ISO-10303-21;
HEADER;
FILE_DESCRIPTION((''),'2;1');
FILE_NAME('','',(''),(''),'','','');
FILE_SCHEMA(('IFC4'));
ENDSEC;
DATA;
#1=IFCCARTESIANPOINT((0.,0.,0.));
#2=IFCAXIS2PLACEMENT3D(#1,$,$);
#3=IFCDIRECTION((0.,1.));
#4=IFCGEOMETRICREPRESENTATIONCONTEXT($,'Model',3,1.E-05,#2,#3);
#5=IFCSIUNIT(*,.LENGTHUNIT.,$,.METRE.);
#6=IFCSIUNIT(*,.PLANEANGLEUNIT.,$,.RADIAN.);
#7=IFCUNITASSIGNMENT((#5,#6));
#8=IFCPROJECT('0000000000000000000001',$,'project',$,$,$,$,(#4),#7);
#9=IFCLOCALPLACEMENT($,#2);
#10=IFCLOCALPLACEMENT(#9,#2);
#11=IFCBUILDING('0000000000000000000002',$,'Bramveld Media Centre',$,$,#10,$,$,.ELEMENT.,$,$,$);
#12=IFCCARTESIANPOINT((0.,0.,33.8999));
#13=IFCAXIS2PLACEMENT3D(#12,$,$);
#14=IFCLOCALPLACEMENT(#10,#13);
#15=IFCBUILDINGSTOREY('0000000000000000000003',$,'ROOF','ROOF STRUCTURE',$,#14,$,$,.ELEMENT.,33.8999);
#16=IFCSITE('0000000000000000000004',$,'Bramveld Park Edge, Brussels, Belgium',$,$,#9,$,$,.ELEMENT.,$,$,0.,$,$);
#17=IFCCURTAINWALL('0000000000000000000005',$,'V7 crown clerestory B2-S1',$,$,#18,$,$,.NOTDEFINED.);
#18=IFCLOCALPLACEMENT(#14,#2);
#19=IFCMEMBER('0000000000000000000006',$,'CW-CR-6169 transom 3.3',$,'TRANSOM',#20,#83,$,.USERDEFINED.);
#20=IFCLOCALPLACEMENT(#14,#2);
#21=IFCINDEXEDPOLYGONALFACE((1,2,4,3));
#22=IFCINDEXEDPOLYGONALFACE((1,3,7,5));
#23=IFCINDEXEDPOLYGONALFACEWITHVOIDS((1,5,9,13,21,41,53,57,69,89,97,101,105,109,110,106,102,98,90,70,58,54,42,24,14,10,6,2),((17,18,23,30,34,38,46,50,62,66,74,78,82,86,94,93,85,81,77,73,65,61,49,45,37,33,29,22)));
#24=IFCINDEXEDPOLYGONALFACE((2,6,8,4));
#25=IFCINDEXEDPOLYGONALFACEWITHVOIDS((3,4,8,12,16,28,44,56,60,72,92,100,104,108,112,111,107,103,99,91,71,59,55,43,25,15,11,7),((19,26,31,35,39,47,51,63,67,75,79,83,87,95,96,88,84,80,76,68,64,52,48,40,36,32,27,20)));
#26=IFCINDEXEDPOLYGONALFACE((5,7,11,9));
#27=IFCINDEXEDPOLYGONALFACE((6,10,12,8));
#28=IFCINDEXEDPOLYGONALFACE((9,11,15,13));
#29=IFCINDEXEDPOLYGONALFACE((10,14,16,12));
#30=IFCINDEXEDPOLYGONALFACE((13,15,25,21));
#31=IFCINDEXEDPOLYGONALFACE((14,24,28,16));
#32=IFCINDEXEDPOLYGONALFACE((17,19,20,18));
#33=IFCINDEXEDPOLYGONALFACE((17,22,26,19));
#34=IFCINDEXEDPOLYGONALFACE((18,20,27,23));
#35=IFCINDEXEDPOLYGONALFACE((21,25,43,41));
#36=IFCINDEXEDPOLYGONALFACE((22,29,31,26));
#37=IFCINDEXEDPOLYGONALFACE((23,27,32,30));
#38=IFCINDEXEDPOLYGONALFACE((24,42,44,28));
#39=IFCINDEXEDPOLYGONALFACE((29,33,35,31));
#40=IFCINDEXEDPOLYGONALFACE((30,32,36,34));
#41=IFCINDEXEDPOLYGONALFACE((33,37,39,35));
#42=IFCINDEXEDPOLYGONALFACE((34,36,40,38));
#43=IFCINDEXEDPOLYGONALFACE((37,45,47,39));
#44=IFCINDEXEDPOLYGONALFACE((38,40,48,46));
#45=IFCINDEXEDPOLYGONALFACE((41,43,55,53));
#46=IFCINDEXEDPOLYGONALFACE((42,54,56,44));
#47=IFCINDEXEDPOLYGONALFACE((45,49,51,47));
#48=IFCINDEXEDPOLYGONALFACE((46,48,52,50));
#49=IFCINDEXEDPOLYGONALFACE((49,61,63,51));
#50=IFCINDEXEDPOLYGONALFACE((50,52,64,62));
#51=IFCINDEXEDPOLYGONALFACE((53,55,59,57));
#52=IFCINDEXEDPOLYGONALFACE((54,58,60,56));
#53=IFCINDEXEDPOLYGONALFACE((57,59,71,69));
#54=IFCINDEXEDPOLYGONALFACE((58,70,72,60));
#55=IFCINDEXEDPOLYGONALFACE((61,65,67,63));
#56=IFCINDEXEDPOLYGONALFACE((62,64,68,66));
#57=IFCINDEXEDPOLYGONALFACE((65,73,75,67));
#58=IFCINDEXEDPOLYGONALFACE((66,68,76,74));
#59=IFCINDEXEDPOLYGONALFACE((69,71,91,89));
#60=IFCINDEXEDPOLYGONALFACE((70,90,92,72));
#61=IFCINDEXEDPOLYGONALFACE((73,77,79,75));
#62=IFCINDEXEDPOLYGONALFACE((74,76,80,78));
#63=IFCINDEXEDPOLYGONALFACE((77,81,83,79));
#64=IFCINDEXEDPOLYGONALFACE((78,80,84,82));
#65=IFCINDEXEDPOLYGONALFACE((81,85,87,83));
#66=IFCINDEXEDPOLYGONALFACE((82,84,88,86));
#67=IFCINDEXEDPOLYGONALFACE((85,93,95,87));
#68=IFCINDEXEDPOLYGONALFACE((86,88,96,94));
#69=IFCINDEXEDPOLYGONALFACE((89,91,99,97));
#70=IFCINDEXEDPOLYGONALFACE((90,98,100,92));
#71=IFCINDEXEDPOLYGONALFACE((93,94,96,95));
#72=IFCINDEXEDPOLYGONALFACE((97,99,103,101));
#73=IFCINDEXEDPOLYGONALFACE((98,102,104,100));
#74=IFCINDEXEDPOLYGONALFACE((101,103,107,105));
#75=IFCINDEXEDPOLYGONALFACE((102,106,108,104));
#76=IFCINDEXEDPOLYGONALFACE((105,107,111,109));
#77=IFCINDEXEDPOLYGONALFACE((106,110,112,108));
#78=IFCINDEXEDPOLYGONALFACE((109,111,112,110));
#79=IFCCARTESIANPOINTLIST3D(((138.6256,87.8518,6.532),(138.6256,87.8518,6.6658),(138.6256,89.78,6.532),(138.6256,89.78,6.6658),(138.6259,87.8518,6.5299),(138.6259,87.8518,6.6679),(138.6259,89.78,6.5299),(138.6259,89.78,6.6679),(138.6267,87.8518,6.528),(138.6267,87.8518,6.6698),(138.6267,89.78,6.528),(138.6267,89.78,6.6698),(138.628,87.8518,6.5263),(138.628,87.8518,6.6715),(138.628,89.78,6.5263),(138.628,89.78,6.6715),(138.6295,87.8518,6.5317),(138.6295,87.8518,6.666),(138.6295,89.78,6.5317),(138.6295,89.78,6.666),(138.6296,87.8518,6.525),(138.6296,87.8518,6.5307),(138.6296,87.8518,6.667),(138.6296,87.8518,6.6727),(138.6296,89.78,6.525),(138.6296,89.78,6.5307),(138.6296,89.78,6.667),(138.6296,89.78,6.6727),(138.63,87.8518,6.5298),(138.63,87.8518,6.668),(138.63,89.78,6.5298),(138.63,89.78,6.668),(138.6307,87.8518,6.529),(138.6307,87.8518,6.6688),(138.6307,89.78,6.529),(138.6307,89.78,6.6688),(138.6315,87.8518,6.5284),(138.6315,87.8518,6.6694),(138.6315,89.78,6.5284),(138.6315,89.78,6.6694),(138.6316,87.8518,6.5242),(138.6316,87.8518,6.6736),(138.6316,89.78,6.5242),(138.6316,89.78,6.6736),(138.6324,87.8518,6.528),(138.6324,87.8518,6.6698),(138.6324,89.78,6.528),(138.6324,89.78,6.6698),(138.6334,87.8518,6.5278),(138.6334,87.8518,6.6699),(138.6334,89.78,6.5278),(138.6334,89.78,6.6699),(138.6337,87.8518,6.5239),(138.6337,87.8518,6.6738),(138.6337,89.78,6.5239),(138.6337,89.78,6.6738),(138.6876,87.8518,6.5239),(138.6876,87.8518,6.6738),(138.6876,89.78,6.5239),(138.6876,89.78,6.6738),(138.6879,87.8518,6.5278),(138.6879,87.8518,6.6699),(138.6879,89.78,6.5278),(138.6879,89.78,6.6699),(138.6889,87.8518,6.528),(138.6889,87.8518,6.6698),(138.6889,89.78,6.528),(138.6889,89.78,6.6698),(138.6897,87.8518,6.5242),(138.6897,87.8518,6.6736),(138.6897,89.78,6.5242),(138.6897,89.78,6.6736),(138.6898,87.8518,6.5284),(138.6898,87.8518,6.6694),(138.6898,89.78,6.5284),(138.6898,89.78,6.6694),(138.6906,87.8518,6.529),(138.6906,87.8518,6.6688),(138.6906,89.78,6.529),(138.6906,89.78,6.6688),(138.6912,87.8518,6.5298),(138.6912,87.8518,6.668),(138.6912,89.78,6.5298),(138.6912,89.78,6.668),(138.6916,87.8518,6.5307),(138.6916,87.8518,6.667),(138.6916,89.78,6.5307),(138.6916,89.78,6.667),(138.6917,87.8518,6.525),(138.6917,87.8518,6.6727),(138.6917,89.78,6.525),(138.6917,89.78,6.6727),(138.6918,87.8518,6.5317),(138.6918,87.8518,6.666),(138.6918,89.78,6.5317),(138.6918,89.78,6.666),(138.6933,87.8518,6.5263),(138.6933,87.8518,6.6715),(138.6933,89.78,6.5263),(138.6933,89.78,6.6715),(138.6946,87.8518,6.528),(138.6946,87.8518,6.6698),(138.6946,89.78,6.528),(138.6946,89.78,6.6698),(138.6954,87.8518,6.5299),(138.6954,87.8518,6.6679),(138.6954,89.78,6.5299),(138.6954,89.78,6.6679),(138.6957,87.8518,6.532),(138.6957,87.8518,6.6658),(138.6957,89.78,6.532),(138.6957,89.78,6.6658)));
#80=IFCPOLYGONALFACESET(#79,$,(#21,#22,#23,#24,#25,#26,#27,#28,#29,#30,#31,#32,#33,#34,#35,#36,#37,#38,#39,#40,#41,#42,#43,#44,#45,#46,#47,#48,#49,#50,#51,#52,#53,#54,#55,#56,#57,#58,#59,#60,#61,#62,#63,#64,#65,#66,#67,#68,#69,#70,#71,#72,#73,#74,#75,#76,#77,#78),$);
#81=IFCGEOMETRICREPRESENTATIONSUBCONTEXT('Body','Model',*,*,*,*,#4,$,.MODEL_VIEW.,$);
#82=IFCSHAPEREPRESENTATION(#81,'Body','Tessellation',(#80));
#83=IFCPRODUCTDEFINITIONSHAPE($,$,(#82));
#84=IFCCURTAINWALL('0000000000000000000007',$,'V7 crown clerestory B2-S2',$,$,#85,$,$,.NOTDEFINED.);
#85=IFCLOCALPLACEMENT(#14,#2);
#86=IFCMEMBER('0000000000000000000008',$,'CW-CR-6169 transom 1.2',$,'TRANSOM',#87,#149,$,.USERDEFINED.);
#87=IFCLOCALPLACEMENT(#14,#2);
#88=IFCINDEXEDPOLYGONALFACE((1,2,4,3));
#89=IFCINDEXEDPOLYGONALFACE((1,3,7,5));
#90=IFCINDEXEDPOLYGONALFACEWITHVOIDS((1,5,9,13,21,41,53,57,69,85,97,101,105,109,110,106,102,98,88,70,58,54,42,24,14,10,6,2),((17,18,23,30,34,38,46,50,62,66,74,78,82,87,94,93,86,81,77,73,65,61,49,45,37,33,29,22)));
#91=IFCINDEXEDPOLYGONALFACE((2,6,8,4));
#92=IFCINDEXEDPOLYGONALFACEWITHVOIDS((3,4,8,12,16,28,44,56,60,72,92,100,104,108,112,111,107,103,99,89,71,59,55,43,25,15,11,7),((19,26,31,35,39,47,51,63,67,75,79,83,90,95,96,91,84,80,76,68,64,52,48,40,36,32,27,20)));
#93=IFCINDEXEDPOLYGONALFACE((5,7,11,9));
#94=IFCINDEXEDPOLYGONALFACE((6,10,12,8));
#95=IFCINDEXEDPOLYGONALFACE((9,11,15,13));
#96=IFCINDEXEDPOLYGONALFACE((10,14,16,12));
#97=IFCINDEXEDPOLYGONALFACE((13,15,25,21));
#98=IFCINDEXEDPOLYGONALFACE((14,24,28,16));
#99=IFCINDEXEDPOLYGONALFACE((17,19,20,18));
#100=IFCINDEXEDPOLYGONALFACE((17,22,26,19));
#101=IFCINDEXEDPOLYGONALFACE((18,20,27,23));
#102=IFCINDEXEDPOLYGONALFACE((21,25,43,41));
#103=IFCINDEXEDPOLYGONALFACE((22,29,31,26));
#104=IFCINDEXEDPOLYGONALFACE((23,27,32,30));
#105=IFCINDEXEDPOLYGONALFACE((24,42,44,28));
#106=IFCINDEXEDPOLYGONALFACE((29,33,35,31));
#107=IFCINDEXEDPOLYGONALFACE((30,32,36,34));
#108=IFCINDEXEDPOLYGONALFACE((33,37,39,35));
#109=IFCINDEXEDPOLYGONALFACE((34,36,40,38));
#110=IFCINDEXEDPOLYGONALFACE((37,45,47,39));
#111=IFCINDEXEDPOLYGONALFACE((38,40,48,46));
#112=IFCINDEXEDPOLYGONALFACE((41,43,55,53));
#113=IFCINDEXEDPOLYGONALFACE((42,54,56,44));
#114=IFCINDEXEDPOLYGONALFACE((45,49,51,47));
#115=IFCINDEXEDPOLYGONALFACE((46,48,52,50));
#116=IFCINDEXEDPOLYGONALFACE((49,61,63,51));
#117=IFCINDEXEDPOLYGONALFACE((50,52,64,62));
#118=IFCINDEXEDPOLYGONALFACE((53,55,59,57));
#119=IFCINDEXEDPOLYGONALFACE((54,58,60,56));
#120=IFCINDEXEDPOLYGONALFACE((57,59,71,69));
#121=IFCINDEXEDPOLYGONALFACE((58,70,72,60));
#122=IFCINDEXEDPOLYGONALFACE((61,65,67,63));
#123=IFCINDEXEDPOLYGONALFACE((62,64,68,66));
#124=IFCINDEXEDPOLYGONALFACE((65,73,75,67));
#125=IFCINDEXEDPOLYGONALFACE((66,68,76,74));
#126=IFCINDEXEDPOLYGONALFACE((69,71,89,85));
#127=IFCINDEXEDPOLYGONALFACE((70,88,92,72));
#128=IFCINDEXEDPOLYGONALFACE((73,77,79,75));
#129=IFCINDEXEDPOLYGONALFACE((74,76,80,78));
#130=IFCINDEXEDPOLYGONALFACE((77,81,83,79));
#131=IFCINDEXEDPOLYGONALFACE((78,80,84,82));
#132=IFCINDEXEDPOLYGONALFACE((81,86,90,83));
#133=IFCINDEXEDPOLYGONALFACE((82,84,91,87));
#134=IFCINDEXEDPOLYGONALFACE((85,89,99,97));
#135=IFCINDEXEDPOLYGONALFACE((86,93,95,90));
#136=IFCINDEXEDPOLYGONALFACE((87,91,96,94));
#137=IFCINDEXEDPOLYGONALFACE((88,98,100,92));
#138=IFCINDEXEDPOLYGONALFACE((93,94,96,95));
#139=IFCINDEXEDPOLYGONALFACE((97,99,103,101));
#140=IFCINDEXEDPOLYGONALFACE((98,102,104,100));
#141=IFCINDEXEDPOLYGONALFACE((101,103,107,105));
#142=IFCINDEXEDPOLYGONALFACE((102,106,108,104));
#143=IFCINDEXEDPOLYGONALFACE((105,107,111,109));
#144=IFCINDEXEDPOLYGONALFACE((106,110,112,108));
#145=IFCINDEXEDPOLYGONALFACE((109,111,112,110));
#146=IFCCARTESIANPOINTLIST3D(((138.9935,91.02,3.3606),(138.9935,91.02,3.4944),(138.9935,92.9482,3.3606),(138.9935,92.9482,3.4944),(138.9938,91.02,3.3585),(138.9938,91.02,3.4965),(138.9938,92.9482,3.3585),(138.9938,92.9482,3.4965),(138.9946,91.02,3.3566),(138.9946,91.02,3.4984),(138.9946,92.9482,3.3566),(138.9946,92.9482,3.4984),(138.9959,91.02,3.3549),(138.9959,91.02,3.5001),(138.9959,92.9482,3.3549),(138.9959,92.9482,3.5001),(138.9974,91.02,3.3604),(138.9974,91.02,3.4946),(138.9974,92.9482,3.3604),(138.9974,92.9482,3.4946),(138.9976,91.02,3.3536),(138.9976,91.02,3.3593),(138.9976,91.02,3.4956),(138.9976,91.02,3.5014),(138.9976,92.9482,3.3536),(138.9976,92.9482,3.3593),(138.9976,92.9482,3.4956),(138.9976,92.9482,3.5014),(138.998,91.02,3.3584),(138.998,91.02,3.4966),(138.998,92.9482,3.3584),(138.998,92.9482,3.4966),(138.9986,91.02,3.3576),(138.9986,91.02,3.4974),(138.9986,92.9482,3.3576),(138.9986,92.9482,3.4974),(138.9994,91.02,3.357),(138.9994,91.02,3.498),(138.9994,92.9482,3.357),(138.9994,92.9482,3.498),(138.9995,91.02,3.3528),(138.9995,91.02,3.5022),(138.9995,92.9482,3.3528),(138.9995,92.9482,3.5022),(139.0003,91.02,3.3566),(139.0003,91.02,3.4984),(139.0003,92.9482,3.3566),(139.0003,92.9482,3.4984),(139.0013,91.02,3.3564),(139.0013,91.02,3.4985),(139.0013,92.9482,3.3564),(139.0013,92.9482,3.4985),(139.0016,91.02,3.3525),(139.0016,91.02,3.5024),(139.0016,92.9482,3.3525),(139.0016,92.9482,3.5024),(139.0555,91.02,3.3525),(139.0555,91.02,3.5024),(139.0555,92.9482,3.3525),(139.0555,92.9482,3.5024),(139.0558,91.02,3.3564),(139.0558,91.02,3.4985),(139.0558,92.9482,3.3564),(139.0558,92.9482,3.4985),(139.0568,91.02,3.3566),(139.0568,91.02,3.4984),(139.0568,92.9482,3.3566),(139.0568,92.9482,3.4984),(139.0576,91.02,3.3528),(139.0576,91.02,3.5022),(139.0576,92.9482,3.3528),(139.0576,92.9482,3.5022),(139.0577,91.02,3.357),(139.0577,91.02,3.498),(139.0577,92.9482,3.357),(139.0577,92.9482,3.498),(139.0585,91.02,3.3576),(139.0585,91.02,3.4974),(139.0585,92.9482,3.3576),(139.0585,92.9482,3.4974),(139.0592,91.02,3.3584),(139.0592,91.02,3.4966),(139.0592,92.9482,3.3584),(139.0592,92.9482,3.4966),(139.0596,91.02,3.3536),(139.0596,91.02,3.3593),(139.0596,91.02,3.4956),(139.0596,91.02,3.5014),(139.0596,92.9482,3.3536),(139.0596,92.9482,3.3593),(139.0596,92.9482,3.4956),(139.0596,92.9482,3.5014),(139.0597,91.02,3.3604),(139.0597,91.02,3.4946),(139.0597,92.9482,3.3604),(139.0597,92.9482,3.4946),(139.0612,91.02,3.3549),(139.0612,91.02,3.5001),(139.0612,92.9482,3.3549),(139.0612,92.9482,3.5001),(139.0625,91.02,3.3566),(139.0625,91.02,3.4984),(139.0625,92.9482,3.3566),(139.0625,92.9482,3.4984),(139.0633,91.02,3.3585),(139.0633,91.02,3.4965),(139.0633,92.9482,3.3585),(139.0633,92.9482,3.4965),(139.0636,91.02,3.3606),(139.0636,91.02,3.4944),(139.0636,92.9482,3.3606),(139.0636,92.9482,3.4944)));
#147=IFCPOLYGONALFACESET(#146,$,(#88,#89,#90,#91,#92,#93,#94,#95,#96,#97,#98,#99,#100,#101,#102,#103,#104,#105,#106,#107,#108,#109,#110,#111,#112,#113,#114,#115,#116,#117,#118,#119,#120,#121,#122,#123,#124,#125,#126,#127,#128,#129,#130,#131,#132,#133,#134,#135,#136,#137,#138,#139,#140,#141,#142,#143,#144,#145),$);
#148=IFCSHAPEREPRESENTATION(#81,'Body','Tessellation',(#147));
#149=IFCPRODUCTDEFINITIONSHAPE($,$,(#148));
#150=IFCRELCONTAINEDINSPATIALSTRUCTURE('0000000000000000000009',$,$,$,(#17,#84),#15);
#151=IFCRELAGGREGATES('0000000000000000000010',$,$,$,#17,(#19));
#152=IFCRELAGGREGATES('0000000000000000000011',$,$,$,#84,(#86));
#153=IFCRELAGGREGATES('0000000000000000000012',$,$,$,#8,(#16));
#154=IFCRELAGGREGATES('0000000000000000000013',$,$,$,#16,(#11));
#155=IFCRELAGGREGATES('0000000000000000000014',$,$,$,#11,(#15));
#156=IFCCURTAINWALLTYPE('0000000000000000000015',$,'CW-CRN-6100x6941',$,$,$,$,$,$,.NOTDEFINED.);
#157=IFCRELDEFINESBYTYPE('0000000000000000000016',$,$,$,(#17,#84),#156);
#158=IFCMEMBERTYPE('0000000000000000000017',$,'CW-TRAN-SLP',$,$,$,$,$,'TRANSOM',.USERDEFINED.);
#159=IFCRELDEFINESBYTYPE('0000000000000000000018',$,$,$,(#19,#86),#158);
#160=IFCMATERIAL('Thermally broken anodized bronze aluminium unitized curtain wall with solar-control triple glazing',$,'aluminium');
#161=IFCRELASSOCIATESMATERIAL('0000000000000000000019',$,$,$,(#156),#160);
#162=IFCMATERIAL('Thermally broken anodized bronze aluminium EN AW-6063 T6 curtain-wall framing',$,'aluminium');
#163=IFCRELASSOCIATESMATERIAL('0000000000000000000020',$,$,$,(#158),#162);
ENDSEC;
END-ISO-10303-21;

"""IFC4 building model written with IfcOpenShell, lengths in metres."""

from ifc_helpers import new_model, si_unit, direction, frame, origin, origin_2d, place, context, subcontext, project, spatial, hollow_rectangle, extrude, material, material_profile, profile_set, type_object, element, aggregate, save


model = new_model("IFC4")

# Units and contexts
model_context = context("Model", 3, precision=1e-05, world=origin(), true_north=direction((0.0, 1.0)))
body_context = subcontext(model_context, "Body", "Model", "MODEL_VIEW")
ifc_project = project(units=[si_unit("LENGTHUNIT", "METRE"), si_unit("PLANEANGLEUNIT", "RADIAN")], contexts=[model_context])

# Site, building, storey
site_placement = place(None, origin())
site = spatial("IfcSite", under=ifc_project, at=site_placement, Name="Bramveld Park Edge, Brussels, Belgium", CompositionType="ELEMENT", RefElevation=0.0)
building_placement = place(site_placement, origin())
building = spatial("IfcBuilding", under=site, at=building_placement, Name="Bramveld Media Centre", CompositionType="ELEMENT")
storey_placement = place(building_placement, frame((0.0, 0.0, 33.8999)))
storey = spatial("IfcBuildingStorey", under=building, at=storey_placement, Name="ROOF", Description="ROOF STRUCTURE", CompositionType="ELEMENT", Elevation=33.8999)

# Shared definitions
ifc_material_1 = material(Name="Thermally broken anodized bronze aluminium unitized curtain wall with solar-control triple glazing", Category="aluminium")
curtain_wall_type = type_object("IfcCurtainWallType", Name="CW-CRN-6100x6941", PredefinedType="NOTDEFINED", material=ifc_material_1)

# Curtain walls, members
ifc_material_2 = material(Name="Thermally broken anodized bronze aluminium EN AW-6063 T6 curtain-wall framing", Category="aluminium")
ifc_material_profile_1 = material_profile(ifc_material_2, hollow_rectangle(XDim=0.0701, YDim=0.1499, WallThickness=0.0039, InnerFilletRadius=0.0039, OuterFilletRadius=0.0081, at=origin_2d()), Name="AL-TRAN 70x150")
ifc_profile_set_1 = profile_set([ifc_material_profile_1], Name="Thermally broken anodized bronze aluminium EN AW-6063 T6 curtain-wall framing")
member_type_1 = type_object("IfcMemberType", Name="CW-TRAN-SLP", ElementType="TRANSOM", PredefinedType="USERDEFINED", material=ifc_profile_set_1)
curtain_wall_1_placement = place(storey_placement, origin())
curtain_wall_1 = element("IfcCurtainWall", 1, at=curtain_wall_1_placement, inside=storey, type_object=curtain_wall_type, Name="V7 crown clerestory B2-S1", PredefinedType="NOTDEFINED")
member_1_placement = place(storey_placement, frame((138.6606, 87.8518, 6.5989), z_axis=(0.0, 1.0, 0.0), x_axis=(-1.0, 0.0, 0.0)))
member_1 = element("IfcMember", 2, at=member_1_placement, type_object=member_type_1, Name="CW-CR-6169 transom 3.3", ObjectType="TRANSOM", PredefinedType="USERDEFINED", context=body_context, shape_type="SweptSolid", body=[
    extrude(hollow_rectangle(XDim=0.0701, YDim=0.1499, WallThickness=0.0039, InnerFilletRadius=0.0039, OuterFilletRadius=0.0081, at=origin_2d()), origin(), (0.0, 0.0, 1.0), 1.9282),
])
curtain_wall_2_placement = place(storey_placement, origin())
curtain_wall_2 = element("IfcCurtainWall", 3, at=curtain_wall_2_placement, inside=storey, type_object=curtain_wall_type, Name="V7 crown clerestory B2-S2", PredefinedType="NOTDEFINED")
member_2_placement = place(storey_placement, frame((139.0286, 91.02, 3.4275), z_axis=(0.0, 1.0, 0.0), x_axis=(-1.0, 0.0, 0.0)))
member_2 = element("IfcMember", 4, at=member_2_placement, type_object=member_type_1, Name="CW-CR-6169 transom 1.2", ObjectType="TRANSOM", PredefinedType="USERDEFINED", context=body_context, shape_type="SweptSolid", body=[
    extrude(hollow_rectangle(XDim=0.0701, YDim=0.1499, WallThickness=0.0039, InnerFilletRadius=0.0039, OuterFilletRadius=0.0081, at=origin_2d()), origin(), (0.0, 0.0, 1.0), 1.9282),
])

aggregate(curtain_wall_1, [member_1])
aggregate(curtain_wall_2, [member_2])

save(model, "model.ifc")
